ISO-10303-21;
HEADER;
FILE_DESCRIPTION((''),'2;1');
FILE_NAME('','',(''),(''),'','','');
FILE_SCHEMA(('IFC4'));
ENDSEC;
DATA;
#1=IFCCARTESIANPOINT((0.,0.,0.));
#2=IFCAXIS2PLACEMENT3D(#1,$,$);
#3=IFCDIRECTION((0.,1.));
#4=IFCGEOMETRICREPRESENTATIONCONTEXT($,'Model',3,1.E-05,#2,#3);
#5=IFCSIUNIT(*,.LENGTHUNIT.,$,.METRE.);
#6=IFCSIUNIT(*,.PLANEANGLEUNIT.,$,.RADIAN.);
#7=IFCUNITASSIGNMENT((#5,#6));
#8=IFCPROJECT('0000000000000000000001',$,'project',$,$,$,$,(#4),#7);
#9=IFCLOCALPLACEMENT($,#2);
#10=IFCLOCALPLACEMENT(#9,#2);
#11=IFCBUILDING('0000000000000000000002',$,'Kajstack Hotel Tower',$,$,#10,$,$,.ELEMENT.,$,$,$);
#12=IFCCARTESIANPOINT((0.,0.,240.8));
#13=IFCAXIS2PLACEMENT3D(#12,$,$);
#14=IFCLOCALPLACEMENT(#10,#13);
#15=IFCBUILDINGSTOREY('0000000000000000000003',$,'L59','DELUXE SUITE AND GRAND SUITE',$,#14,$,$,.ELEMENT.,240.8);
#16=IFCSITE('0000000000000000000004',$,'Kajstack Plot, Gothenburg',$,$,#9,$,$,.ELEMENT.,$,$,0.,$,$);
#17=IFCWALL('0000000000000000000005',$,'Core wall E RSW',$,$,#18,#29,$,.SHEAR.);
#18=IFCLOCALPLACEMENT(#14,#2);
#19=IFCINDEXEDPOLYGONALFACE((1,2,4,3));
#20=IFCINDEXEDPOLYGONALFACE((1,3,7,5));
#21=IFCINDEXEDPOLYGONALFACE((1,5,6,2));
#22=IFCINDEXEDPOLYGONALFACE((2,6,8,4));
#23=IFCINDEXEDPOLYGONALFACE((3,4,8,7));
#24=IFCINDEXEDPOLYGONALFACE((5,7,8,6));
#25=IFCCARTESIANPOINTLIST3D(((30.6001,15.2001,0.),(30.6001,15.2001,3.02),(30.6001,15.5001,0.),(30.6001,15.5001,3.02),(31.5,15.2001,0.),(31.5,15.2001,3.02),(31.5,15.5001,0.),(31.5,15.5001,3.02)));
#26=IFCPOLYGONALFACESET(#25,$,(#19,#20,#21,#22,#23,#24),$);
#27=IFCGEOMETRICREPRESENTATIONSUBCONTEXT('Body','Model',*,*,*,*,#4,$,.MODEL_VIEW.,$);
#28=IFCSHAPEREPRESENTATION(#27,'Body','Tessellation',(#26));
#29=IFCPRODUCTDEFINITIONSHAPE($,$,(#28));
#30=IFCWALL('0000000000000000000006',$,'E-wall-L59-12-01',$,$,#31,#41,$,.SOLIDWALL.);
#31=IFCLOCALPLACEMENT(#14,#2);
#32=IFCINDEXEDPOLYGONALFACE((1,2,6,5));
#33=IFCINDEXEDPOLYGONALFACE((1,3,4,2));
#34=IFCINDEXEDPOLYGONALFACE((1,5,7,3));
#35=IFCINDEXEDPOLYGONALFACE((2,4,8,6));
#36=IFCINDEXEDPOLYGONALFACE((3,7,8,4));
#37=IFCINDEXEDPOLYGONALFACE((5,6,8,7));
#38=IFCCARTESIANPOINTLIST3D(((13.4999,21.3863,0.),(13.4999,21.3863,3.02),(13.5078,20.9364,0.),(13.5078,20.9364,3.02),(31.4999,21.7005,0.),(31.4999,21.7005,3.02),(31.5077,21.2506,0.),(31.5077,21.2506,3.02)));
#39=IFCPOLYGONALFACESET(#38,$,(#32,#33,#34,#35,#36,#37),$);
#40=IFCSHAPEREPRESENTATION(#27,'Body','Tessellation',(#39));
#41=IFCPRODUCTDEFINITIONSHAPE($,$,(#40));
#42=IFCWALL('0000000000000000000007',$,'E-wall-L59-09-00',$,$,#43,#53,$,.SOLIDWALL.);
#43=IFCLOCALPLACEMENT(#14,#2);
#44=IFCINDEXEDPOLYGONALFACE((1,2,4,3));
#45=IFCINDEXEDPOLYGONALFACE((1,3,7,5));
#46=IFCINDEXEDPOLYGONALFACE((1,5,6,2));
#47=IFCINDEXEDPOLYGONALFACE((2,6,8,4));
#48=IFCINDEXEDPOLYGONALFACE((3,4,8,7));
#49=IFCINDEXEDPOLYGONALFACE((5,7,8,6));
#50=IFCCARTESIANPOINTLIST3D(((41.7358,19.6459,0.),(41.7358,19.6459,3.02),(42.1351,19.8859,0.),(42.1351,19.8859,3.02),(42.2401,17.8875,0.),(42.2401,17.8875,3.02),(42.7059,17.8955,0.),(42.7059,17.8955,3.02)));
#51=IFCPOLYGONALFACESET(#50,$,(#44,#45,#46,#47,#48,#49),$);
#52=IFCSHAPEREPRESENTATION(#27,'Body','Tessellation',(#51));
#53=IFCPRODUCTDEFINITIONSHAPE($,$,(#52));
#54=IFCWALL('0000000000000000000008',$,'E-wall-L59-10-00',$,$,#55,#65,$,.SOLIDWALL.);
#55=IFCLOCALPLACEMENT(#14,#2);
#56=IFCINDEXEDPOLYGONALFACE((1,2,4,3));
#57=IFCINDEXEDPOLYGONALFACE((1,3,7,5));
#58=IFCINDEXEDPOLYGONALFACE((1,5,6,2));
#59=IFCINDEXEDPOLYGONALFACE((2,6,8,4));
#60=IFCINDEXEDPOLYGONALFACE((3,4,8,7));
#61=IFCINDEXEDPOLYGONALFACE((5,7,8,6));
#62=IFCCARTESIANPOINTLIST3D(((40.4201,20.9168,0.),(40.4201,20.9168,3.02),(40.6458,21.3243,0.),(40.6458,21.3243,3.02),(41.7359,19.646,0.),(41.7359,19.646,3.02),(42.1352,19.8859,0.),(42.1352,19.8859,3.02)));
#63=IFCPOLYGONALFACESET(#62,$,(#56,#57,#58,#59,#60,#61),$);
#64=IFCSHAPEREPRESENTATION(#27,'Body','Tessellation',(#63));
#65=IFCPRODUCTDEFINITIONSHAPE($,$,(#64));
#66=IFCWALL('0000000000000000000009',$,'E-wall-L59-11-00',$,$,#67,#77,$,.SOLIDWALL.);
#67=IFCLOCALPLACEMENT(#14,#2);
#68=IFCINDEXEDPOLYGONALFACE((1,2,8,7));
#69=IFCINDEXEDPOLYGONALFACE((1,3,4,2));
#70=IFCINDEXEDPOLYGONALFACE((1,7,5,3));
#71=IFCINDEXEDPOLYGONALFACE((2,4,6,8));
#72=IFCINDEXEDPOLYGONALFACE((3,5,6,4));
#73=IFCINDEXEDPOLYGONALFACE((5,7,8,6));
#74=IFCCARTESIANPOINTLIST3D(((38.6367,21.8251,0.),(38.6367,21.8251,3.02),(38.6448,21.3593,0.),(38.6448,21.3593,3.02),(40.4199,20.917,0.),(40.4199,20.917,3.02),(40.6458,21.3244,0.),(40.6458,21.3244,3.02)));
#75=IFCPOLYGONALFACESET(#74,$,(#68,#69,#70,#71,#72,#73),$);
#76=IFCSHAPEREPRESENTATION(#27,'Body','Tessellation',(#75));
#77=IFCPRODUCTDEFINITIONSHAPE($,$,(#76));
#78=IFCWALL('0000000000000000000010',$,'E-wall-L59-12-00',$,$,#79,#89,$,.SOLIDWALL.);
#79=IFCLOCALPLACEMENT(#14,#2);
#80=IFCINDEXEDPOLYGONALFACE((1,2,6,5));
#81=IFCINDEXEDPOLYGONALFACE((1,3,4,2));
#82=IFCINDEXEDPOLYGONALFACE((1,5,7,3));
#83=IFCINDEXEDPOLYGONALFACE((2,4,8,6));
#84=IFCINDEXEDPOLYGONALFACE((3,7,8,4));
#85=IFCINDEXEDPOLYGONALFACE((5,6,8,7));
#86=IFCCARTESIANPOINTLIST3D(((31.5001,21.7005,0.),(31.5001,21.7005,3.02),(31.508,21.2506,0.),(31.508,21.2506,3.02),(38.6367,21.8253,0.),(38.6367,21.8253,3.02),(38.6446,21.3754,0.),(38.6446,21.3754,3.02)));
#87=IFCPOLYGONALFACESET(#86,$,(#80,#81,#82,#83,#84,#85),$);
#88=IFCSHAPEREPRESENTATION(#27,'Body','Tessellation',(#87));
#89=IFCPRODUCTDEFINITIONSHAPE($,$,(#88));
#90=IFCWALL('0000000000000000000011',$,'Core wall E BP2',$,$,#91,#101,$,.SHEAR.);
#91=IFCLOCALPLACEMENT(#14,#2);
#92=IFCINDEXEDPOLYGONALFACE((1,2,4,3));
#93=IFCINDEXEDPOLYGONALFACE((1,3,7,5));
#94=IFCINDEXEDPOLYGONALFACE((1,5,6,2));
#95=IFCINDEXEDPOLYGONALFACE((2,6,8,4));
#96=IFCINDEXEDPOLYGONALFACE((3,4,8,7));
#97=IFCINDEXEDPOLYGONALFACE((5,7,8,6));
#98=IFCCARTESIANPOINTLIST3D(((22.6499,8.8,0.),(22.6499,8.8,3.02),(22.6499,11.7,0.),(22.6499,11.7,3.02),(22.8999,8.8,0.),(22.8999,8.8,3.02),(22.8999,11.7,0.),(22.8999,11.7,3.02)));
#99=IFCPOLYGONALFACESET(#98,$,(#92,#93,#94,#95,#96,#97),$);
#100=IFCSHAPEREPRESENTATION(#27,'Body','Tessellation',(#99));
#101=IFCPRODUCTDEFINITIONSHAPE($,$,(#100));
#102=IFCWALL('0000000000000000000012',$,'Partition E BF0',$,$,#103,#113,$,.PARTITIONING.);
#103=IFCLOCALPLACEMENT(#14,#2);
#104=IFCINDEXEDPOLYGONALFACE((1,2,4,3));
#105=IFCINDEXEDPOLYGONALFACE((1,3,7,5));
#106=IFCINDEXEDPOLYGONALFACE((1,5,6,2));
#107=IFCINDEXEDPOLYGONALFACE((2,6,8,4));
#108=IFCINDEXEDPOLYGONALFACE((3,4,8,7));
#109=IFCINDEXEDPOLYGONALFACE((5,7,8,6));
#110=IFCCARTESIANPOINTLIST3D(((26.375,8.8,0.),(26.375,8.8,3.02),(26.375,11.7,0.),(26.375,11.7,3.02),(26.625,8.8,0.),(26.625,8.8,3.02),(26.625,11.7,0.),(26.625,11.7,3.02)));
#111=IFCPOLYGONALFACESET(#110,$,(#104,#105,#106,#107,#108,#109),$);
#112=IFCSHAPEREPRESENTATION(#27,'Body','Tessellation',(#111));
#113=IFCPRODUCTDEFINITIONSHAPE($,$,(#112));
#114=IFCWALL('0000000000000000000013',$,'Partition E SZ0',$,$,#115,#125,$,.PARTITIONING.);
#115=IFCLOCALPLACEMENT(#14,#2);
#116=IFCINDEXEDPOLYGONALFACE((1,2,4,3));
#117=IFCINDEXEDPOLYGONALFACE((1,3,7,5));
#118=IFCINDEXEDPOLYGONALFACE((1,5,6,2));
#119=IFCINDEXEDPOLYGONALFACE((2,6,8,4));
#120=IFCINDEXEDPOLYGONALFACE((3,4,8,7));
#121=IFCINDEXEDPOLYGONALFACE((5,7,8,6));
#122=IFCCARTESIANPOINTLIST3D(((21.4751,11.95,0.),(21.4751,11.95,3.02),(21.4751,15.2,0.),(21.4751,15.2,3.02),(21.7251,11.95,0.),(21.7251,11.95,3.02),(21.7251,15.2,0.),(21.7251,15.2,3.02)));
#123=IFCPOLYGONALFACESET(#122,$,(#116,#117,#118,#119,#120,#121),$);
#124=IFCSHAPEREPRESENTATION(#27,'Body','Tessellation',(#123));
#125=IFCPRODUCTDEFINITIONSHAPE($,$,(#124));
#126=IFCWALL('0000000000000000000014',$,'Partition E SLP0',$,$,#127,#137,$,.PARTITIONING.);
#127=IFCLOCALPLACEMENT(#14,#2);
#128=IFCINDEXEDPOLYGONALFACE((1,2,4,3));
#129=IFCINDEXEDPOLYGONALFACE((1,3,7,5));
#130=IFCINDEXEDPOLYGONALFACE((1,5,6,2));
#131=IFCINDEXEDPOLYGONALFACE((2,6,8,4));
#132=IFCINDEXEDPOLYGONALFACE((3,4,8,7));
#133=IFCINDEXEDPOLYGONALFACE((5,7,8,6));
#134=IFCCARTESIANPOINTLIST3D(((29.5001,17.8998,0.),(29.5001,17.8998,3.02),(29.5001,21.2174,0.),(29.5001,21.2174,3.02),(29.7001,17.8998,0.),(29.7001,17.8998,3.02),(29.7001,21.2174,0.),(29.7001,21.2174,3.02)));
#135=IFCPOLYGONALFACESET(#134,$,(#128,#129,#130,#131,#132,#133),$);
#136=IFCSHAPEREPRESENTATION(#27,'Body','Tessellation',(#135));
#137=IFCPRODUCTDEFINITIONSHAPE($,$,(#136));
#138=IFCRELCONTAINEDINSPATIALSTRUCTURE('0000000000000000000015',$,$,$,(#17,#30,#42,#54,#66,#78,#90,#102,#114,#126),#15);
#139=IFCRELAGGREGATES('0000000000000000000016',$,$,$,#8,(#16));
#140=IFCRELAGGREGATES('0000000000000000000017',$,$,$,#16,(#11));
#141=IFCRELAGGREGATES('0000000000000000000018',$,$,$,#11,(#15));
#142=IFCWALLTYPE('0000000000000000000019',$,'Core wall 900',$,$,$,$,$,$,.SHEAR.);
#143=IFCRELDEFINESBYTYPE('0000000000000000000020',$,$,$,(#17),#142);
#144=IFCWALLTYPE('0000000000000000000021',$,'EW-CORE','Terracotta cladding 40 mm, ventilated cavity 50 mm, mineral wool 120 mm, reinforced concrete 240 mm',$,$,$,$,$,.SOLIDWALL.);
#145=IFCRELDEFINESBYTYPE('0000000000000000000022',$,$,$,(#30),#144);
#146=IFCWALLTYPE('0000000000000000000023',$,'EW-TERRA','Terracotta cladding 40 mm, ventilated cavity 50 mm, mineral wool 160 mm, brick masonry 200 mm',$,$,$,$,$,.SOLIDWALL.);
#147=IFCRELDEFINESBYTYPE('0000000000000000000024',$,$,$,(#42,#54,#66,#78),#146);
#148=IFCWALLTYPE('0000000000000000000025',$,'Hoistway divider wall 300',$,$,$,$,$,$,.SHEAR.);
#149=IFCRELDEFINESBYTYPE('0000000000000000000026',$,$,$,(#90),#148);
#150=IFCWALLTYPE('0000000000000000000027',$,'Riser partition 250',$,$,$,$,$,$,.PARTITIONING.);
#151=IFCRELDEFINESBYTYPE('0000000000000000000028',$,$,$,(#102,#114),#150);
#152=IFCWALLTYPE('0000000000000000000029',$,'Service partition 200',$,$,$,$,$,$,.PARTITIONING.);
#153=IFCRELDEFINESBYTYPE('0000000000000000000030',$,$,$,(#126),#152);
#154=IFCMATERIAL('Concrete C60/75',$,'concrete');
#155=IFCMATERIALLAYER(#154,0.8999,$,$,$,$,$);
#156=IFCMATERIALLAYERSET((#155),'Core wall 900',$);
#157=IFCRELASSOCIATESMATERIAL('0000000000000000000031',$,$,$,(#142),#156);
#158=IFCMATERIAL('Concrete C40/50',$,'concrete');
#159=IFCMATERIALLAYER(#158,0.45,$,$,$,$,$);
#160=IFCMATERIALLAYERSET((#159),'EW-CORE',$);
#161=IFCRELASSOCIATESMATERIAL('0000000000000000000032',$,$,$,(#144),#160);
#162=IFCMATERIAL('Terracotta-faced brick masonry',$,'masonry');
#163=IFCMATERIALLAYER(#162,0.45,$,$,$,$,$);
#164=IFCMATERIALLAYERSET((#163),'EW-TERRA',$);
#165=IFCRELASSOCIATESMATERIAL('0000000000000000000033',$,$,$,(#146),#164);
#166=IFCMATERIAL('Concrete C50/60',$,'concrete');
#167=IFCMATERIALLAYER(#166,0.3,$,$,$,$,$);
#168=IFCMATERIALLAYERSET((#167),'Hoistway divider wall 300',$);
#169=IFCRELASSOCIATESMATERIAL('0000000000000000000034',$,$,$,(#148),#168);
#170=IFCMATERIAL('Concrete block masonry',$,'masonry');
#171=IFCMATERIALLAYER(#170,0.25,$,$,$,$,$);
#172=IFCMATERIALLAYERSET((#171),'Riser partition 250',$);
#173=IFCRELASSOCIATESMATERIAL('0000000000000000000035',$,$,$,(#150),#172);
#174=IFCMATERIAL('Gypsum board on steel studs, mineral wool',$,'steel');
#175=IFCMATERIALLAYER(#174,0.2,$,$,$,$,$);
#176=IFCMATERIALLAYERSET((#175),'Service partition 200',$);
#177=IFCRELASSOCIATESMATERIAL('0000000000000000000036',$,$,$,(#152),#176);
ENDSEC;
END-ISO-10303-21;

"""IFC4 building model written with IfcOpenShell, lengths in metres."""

from ifc_helpers import new_model, si_unit, direction, frame, frame_2d, origin, place, context, subcontext, project, spatial, polyline, rectangle, outline, extrude, material, layer, layer_set, type_object, element, save


model = new_model("IFC4")

# Units and contexts
model_context = context("Model", 3, precision=1e-05, world=origin(), true_north=direction((0.0, 1.0)))
body_context = subcontext(model_context, "Body", "Model", "MODEL_VIEW")
ifc_project = project(units=[si_unit("LENGTHUNIT", "METRE"), si_unit("PLANEANGLEUNIT", "RADIAN")], contexts=[model_context])

# Site, building, storey
site_placement = place(None, origin())
site = spatial("IfcSite", under=ifc_project, at=site_placement, Name="Kajstack Plot, Gothenburg", CompositionType="ELEMENT", RefElevation=0.0)
building_placement = place(site_placement, origin())
building = spatial("IfcBuilding", under=site, at=building_placement, Name="Kajstack Hotel Tower", CompositionType="ELEMENT")
storey_placement = place(building_placement, frame((0.0, 0.0, 240.8)))
storey = spatial("IfcBuildingStorey", under=building, at=storey_placement, Name="L59", Description="DELUXE SUITE AND GRAND SUITE", CompositionType="ELEMENT", Elevation=240.8)

# Walls
ifc_material_1 = material(Name="Concrete C60/75", Category="concrete")
ifc_layer_1 = layer(ifc_material_1, 0.8999)
ifc_layer_set_1 = layer_set([ifc_layer_1], Name="Core wall 900")
wall_type_1 = type_object("IfcWallType", Name="Core wall 900", PredefinedType="SHEAR", material=ifc_layer_set_1)
wall_1_placement = place(storey_placement, frame((30.6001, 15.3501, 0.0), z_axis=(0.0, 0.0, 1.0), x_axis=(1.0, 0.0, 0.0)))
element("IfcWall", 1, at=wall_1_placement, inside=storey, type_object=wall_type_1, Name="Core wall E RSW", PredefinedType="SHEAR", context=body_context, shape_type="SweptSolid", body=[
    extrude(rectangle(XDim=0.8999, YDim=0.3, at=frame_2d((0.45, 0.0))), origin(), (0.0, 0.0, 1.0), 3.02),
])
ifc_material_2 = material(Name="Concrete C40/50", Category="concrete")
ifc_layer_2 = layer(ifc_material_2, 0.45)
ifc_layer_set_2 = layer_set([ifc_layer_2], Name="EW-CORE")
wall_type_2 = type_object("IfcWallType", Name="EW-CORE", Description="Terracotta cladding 40 mm, ventilated cavity 50 mm, mineral wool 120 mm, reinforced concrete 240 mm", PredefinedType="SOLIDWALL", material=ifc_layer_set_2)
wall_2_placement = place(storey_placement, frame((31.5039, 21.4756, 0.0), z_axis=(0.0, 0.0, 1.0), x_axis=(-0.999848, -0.017453, 0.0)))
element("IfcWall", 2, at=wall_2_placement, inside=storey, type_object=wall_type_2, Name="E-wall-L59-12-01", PredefinedType="SOLIDWALL", context=body_context, shape_type="SweptSolid", body=[
    extrude(rectangle(XDim=18.0027, YDim=0.45, at=frame_2d((9.0015, 0.0))), origin(), (0.0, 0.0, 1.0), 3.02),
])
ifc_material_3 = material(Name="Terracotta-faced brick masonry", Category="masonry")
ifc_layer_3 = layer(ifc_material_3, 0.45)
ifc_layer_set_3 = layer_set([ifc_layer_3], Name="EW-TERRA")
wall_type_3 = type_object("IfcWallType", Name="EW-TERRA", Description="Terracotta cladding 40 mm, ventilated cavity 50 mm, mineral wool 160 mm, brick masonry 200 mm", PredefinedType="SOLIDWALL", material=ifc_layer_set_3)
wall_3_placement = place(storey_placement, frame((42.4895, 17.8335, 0.0), z_axis=(0.0, 0.0, 1.0), x_axis=(-0.275546, 0.961288, 0.0)))
element("IfcWall", 3, at=wall_3_placement, inside=storey, type_object=wall_type_3, Name="E-wall-L59-09-00", PredefinedType="SOLIDWALL", context=body_context, shape_type="SweptSolid", body=[
    extrude(outline(polyline([(0.0, -0.2251), (2.0706, -0.2249), (1.95, 0.2251), (0.1206, 0.2249), (0.0, -0.2251)])), origin(), (0.0, 0.0, 1.0), 3.02),
])
wall_4_placement = place(storey_placement, frame((41.979, 19.7241, 0.0), z_axis=(0.0, 0.0, 1.0), x_axis=(-0.719379, 0.694618, 0.0)))
element("IfcWall", 4, at=wall_4_placement, inside=storey, type_object=wall_type_3, Name="E-wall-L59-10-00", PredefinedType="SOLIDWALL", context=body_context, shape_type="SweptSolid", body=[
    extrude(outline(polyline([(0.0, -0.2249), (2.0706, -0.2251), (1.95, 0.2249), (0.1206, 0.2251), (0.0, -0.2249)])), origin(), (0.0, 0.0, 1.0), 3.02),
])
wall_5_placement = place(storey_placement, frame((40.5913, 21.106, 0.0), z_axis=(0.0, 0.0, 1.0), x_axis=(-0.970288, 0.241953, 0.0)))
element("IfcWall", 5, at=wall_5_placement, inside=storey, type_object=wall_type_3, Name="E-wall-L59-11-00", PredefinedType="SOLIDWALL", context=body_context, shape_type="SweptSolid", body=[
    extrude(outline(polyline([(0.0, -0.2251), (2.0706, -0.2249), (1.95, 0.2251), (0.1206, 0.2249), (0.0, -0.2251)])), origin(), (0.0, 0.0, 1.0), 3.02),
])
wall_6_placement = place(storey_placement, frame((38.6406, 21.6003, 0.0), z_axis=(0.0, 0.0, 1.0), x_axis=(-0.999847, -0.017478, 0.0)))
element("IfcWall", 6, at=wall_6_placement, inside=storey, type_object=wall_type_3, Name="E-wall-L59-12-00", PredefinedType="SOLIDWALL", context=body_context, shape_type="SweptSolid", body=[
    extrude(rectangle(XDim=7.1377, YDim=0.45, at=frame_2d((3.5688, 0.0))), origin(), (0.0, 0.0, 1.0), 3.02),
])
ifc_material_4 = material(Name="Concrete C50/60", Category="concrete")
ifc_layer_4 = layer(ifc_material_4, 0.3)
ifc_layer_set_4 = layer_set([ifc_layer_4], Name="Hoistway divider wall 300")
wall_type_4 = type_object("IfcWallType", Name="Hoistway divider wall 300", PredefinedType="SHEAR", material=ifc_layer_set_4)
wall_7_placement = place(storey_placement, frame((22.7749, 8.8, 0.0), z_axis=(0.0, 0.0, 1.0), x_axis=(0.0, 1.0, 0.0)))
element("IfcWall", 7, at=wall_7_placement, inside=storey, type_object=wall_type_4, Name="Core wall E BP2", PredefinedType="SHEAR", context=body_context, shape_type="SweptSolid", body=[
    extrude(rectangle(XDim=2.8999, YDim=0.25, at=frame_2d((1.45, 0.0))), origin(), (0.0, 0.0, 1.0), 3.02),
])
ifc_material_5 = material(Name="Concrete block masonry", Category="masonry")
ifc_layer_5 = layer(ifc_material_5, 0.25)
ifc_layer_set_5 = layer_set([ifc_layer_5], Name="Riser partition 250")
wall_type_5 = type_object("IfcWallType", Name="Riser partition 250", PredefinedType="PARTITIONING", material=ifc_layer_set_5)
wall_8_placement = place(storey_placement, frame((26.5, 8.8, 0.0), z_axis=(0.0, 0.0, 1.0), x_axis=(0.0, 1.0, 0.0)))
element("IfcWall", 8, at=wall_8_placement, inside=storey, type_object=wall_type_5, Name="Partition E BF0", PredefinedType="PARTITIONING", context=body_context, shape_type="SweptSolid", body=[
    extrude(rectangle(XDim=2.8999, YDim=0.25, at=frame_2d((1.45, 0.0))), origin(), (0.0, 0.0, 1.0), 3.02),
])
wall_9_placement = place(storey_placement, frame((21.6001, 11.95, 0.0), z_axis=(0.0, 0.0, 1.0), x_axis=(0.0, 1.0, 0.0)))
element("IfcWall", 9, at=wall_9_placement, inside=storey, type_object=wall_type_5, Name="Partition E SZ0", PredefinedType="PARTITIONING", context=body_context, shape_type="SweptSolid", body=[
    extrude(rectangle(XDim=3.25, YDim=0.25, at=frame_2d((1.625, 0.0))), origin(), (0.0, 0.0, 1.0), 3.02),
])
ifc_material_6 = material(Name="Gypsum board on steel studs, mineral wool", Category="steel")
ifc_layer_6 = layer(ifc_material_6, 0.2)
ifc_layer_set_6 = layer_set([ifc_layer_6], Name="Service partition 200")
wall_type_6 = type_object("IfcWallType", Name="Service partition 200", PredefinedType="PARTITIONING", material=ifc_layer_set_6)
wall_10_placement = place(storey_placement, frame((29.6001, 17.8999, 0.0), z_axis=(0.0, 0.0, 1.0), x_axis=(0.0, 1.0, 0.0)))
element("IfcWall", 10, at=wall_10_placement, inside=storey, type_object=wall_type_6, Name="Partition E SLP0", PredefinedType="PARTITIONING", context=body_context, shape_type="SweptSolid", body=[
    extrude(rectangle(XDim=3.3176, YDim=0.2, at=frame_2d((1.6587, 0.0))), origin(), (0.0, 0.0, 1.0), 3.02),
])

save(model, "model.ifc")
